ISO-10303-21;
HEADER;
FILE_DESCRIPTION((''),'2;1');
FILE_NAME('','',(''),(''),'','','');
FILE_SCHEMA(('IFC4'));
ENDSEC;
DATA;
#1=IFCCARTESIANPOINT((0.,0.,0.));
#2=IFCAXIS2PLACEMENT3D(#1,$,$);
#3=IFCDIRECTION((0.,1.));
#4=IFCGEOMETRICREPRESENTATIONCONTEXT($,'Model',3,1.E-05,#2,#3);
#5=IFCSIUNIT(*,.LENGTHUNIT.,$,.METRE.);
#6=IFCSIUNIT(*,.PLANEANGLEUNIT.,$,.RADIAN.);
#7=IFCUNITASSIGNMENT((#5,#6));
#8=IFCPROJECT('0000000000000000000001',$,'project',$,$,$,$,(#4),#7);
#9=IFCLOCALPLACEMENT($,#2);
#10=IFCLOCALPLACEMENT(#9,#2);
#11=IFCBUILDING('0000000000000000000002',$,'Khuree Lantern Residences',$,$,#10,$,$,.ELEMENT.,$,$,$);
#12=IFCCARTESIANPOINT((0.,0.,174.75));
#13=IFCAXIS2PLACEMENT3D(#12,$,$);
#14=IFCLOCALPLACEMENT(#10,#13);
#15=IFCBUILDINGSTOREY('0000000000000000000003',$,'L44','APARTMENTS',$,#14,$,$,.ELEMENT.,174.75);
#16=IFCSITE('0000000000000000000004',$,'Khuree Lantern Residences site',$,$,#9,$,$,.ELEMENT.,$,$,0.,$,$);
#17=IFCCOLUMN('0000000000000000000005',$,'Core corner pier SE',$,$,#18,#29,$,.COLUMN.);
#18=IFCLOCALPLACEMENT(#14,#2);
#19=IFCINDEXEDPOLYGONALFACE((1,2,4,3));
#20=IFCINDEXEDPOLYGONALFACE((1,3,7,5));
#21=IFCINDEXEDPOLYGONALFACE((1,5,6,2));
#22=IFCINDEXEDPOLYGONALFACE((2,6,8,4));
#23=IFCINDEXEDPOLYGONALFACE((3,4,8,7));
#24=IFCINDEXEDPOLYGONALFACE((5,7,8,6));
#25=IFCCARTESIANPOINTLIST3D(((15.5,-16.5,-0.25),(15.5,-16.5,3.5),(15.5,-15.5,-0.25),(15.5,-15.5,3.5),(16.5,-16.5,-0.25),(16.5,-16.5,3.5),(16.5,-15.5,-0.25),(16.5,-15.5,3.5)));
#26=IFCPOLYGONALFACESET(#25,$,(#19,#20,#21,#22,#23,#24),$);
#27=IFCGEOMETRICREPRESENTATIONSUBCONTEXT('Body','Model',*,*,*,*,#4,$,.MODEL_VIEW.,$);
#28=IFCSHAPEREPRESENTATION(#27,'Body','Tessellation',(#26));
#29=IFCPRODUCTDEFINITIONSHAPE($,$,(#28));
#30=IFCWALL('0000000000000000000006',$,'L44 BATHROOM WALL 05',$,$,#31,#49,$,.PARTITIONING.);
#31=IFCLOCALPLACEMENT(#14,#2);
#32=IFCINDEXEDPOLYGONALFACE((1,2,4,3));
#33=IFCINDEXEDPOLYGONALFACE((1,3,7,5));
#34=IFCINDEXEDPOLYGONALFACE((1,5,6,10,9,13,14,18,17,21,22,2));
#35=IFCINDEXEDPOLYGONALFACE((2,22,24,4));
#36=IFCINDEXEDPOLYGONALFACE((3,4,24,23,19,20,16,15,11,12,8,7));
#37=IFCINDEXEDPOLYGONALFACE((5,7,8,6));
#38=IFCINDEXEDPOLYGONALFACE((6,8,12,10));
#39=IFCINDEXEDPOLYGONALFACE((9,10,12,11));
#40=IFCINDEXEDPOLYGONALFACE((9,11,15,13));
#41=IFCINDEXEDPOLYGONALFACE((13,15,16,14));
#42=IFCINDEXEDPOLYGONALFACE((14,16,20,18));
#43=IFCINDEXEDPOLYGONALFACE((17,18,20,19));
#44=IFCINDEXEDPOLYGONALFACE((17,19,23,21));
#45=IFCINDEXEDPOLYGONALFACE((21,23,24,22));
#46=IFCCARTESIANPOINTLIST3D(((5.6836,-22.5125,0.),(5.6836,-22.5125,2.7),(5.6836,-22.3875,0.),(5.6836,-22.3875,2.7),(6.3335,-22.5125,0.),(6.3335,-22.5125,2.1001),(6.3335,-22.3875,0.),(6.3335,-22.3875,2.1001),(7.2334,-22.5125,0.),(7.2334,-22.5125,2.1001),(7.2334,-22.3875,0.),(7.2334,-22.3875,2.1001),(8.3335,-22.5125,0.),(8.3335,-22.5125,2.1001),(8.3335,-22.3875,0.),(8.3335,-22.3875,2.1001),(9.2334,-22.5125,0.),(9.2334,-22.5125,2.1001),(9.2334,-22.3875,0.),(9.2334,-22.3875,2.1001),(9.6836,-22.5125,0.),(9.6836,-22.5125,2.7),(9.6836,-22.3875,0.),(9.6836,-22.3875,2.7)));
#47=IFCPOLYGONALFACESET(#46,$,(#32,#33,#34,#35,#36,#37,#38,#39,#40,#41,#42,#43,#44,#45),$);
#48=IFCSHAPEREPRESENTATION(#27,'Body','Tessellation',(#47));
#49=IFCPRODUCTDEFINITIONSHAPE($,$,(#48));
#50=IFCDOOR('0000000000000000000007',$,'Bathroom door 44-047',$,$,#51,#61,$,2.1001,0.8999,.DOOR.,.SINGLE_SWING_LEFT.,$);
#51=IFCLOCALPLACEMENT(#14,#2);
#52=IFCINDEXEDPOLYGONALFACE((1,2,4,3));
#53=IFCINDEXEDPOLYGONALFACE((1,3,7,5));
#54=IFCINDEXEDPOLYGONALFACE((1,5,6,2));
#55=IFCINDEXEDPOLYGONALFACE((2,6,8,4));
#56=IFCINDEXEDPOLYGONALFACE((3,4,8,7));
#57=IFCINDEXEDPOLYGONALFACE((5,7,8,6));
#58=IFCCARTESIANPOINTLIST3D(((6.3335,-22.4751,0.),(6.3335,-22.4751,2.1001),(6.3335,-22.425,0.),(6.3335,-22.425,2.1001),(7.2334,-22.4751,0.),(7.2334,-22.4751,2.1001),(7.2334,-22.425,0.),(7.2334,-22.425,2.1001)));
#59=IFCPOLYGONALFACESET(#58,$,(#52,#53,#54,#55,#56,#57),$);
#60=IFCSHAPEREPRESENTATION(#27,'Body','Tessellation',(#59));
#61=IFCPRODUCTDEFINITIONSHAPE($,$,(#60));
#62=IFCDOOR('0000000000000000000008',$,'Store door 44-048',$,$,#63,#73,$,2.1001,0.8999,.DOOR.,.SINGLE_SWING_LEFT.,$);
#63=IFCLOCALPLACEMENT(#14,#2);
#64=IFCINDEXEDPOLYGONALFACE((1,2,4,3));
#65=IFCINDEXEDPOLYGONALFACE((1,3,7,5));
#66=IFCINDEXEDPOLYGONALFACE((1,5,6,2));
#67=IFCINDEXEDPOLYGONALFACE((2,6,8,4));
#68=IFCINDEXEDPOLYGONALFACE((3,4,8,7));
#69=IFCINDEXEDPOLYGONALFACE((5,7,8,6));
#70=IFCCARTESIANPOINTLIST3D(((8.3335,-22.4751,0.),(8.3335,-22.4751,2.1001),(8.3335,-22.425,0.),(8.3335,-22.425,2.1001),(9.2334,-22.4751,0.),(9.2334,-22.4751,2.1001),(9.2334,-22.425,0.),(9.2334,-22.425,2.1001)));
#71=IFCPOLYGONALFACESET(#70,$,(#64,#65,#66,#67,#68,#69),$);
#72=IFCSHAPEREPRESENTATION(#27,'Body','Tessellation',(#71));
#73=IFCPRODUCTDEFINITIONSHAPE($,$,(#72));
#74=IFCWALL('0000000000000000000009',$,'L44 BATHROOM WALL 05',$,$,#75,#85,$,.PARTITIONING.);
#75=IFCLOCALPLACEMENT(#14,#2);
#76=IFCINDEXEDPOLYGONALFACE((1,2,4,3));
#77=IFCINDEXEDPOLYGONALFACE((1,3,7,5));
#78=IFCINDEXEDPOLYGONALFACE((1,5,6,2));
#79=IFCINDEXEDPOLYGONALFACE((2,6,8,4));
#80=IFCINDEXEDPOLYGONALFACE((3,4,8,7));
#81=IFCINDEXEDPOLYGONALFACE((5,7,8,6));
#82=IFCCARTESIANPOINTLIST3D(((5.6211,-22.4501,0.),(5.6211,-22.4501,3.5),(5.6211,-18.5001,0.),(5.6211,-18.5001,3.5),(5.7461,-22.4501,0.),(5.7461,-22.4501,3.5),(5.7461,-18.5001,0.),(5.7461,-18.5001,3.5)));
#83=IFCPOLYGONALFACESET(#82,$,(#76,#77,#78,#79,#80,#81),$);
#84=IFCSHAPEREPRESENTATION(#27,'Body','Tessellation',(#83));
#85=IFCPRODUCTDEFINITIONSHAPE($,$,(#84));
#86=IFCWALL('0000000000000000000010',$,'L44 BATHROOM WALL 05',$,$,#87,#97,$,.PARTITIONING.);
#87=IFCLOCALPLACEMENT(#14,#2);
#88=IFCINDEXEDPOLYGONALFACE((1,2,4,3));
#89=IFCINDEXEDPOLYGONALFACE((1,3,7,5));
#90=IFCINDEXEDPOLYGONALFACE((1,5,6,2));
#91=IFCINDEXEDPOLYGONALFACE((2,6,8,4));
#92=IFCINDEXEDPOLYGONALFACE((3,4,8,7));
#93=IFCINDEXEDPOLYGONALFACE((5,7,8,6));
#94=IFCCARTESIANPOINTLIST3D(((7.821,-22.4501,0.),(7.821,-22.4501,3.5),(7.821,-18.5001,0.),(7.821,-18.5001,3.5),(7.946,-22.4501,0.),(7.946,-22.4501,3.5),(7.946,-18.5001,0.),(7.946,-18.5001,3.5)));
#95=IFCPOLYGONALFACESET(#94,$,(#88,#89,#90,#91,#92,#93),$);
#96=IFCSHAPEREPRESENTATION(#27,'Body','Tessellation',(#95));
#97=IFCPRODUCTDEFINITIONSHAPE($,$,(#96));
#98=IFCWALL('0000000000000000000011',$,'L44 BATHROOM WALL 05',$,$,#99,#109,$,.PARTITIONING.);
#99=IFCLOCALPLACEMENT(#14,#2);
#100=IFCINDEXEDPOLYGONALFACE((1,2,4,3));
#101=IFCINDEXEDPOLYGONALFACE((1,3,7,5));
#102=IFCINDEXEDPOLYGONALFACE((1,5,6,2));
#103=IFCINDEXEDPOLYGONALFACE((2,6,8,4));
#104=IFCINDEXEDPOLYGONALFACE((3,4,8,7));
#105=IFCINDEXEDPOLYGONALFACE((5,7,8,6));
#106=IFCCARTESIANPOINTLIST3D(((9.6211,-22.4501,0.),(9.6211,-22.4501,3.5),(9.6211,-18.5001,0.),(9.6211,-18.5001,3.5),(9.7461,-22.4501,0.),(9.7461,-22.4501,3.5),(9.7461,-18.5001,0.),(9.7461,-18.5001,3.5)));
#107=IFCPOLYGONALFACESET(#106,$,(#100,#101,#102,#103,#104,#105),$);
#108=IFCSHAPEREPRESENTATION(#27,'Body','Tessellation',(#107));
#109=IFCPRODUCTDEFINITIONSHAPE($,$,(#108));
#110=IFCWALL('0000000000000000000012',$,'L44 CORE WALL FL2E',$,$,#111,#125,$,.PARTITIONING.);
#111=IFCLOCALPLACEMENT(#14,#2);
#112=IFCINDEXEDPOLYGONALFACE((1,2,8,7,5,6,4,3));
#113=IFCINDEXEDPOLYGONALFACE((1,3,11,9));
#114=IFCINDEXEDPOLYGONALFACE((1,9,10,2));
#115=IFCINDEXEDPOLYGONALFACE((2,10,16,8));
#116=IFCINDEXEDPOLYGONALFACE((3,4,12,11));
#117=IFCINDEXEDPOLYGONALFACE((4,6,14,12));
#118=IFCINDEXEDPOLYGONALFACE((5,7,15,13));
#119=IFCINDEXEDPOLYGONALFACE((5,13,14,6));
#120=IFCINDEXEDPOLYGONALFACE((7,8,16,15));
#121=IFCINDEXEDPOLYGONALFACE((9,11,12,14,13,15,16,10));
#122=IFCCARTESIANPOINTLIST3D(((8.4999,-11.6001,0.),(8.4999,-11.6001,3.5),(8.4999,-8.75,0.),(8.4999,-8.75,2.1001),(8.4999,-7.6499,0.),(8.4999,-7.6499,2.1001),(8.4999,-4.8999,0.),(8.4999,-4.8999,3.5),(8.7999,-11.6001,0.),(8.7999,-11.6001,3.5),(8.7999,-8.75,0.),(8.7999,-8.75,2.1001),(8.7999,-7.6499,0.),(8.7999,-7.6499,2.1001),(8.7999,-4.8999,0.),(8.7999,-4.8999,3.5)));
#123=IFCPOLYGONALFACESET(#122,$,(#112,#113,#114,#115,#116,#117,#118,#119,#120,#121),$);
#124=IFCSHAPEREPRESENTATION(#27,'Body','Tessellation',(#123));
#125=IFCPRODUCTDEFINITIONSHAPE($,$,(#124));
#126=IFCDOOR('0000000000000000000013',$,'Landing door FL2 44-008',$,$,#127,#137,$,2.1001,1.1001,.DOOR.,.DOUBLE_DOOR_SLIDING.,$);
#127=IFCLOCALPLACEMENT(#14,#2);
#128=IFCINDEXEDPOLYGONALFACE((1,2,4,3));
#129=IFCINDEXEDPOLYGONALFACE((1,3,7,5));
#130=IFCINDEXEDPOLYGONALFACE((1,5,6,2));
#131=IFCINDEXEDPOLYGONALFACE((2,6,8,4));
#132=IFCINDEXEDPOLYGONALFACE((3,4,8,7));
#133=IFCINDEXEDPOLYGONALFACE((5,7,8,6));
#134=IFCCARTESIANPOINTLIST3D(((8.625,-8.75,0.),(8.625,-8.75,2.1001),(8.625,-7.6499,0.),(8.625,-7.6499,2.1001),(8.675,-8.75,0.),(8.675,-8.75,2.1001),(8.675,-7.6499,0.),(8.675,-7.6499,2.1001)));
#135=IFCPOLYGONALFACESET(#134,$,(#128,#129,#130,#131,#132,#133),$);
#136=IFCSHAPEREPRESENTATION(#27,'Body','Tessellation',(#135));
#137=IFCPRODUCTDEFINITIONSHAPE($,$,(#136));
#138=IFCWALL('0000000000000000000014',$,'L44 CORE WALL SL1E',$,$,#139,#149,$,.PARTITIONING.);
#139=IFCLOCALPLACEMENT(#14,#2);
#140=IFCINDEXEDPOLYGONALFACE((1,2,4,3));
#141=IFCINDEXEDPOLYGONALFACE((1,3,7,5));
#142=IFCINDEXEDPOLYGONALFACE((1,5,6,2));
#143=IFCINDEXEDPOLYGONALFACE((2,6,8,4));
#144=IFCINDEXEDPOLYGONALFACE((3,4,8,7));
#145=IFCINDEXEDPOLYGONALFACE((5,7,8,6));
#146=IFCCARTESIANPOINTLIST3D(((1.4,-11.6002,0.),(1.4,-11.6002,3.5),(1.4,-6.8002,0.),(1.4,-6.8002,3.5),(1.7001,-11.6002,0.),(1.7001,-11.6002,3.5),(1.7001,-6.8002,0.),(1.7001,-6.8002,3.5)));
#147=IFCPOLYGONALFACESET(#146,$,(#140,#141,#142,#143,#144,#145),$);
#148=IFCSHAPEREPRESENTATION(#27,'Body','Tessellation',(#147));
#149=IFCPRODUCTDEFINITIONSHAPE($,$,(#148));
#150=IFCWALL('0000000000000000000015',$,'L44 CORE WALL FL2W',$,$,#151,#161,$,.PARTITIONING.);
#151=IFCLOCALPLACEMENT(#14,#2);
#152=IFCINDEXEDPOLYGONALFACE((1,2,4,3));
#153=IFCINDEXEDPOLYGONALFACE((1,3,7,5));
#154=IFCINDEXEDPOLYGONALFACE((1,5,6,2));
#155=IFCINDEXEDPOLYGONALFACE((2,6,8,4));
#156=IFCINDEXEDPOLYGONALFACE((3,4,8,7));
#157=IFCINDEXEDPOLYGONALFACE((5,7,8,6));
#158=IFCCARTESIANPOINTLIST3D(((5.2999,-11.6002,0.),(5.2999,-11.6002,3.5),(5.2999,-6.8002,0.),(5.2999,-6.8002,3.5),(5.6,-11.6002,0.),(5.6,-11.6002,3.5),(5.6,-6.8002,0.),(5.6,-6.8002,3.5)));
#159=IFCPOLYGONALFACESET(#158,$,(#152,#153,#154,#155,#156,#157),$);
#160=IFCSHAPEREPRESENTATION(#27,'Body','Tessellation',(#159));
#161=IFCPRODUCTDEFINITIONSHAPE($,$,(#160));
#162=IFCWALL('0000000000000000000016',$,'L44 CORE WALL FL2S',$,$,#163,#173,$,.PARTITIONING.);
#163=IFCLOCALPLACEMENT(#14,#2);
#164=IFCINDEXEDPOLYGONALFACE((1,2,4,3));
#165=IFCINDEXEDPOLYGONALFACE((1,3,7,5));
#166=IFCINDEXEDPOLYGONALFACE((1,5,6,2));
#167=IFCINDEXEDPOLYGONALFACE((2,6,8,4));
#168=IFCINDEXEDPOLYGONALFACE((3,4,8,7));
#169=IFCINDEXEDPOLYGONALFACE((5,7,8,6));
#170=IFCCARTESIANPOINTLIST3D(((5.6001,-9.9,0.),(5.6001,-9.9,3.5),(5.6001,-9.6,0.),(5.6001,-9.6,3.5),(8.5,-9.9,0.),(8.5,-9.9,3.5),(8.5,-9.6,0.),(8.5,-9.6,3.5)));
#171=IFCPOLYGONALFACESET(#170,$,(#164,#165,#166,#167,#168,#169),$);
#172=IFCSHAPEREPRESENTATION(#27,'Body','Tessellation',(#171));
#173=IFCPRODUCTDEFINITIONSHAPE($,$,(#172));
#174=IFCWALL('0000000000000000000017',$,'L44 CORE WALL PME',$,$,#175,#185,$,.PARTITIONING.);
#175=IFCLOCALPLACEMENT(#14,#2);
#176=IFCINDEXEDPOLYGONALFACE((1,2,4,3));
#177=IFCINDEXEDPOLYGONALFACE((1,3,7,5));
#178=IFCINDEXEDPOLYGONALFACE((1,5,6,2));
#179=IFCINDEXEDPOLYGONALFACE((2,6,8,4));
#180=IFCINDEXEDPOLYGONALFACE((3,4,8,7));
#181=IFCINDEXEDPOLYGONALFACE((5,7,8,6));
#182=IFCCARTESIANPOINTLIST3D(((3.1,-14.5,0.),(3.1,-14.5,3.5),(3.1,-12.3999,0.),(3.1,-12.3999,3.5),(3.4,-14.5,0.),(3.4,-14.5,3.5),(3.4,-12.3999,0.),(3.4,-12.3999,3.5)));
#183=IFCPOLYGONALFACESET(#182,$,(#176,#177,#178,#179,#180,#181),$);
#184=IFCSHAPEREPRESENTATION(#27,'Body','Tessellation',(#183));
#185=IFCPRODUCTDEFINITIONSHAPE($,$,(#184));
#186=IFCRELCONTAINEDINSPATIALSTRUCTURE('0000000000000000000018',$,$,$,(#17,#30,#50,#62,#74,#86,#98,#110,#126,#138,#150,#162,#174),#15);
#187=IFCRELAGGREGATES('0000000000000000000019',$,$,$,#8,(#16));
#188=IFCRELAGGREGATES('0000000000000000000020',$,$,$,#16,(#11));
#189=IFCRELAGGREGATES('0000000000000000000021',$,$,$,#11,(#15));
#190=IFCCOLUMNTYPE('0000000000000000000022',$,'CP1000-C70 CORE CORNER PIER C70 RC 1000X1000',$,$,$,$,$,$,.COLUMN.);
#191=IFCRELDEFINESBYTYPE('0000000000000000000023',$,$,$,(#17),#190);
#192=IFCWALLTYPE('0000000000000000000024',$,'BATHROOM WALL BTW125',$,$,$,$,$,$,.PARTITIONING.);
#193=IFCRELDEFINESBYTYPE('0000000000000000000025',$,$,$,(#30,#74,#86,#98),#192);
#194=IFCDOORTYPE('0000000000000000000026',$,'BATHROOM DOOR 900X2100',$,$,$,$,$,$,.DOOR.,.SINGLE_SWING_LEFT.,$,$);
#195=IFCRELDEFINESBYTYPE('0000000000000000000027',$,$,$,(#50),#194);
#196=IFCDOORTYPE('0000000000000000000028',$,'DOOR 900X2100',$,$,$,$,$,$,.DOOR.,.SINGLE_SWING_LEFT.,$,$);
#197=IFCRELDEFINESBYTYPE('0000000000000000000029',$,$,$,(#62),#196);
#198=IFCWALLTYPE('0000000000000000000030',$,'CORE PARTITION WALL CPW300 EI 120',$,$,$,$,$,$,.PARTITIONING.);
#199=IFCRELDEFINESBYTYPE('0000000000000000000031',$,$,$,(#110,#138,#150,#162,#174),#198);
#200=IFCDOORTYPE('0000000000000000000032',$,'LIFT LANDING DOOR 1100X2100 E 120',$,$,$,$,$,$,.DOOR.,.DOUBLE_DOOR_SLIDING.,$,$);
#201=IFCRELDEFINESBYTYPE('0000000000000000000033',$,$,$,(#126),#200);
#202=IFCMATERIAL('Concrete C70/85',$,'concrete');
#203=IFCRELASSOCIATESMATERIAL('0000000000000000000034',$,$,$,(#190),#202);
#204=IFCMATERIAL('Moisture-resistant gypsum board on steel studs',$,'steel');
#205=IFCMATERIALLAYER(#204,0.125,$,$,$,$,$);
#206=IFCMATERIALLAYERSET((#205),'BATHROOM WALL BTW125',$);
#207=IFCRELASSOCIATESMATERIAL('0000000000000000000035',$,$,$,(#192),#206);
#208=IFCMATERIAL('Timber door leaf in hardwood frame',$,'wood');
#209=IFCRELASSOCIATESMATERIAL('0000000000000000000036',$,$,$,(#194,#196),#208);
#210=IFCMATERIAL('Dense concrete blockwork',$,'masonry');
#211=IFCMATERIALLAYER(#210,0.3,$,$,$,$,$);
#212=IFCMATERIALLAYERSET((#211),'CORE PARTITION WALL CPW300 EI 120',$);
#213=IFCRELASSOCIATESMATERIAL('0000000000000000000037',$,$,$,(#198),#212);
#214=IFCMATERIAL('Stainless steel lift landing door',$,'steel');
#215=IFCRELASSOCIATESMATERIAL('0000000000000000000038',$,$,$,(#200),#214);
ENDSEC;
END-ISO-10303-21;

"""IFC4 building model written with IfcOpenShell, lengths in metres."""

from ifc_helpers import new_model, si_unit, direction, frame, frame_2d, origin, origin_2d, place, context, subcontext, project, spatial, rectangle, extrude, material, layer, layer_set, material_profile, profile_set, type_object, element, fill, save


model = new_model("IFC4")

# Units and contexts
model_context = context("Model", 3, precision=1e-05, world=origin(), true_north=direction((0.0, 1.0)))
body_context = subcontext(model_context, "Body", "Model", "MODEL_VIEW")
ifc_project = project(units=[si_unit("LENGTHUNIT", "METRE"), si_unit("PLANEANGLEUNIT", "RADIAN")], contexts=[model_context])

# Site, building, storey
site_placement = place(None, origin())
site = spatial("IfcSite", under=ifc_project, at=site_placement, Name="Khuree Lantern Residences site", CompositionType="ELEMENT", RefElevation=0.0)
building_placement = place(site_placement, origin())
building = spatial("IfcBuilding", under=site, at=building_placement, Name="Khuree Lantern Residences", CompositionType="ELEMENT")
storey_placement = place(building_placement, frame((0.0, 0.0, 174.75)))
storey = spatial("IfcBuildingStorey", under=building, at=storey_placement, Name="L44", Description="APARTMENTS", CompositionType="ELEMENT", Elevation=174.75)

# Column
ifc_material_1 = material(Name="Concrete C70/85", Category="concrete")
ifc_material_profile = material_profile(ifc_material_1, rectangle(XDim=1.0, YDim=1.0, at=origin_2d()), Name="RC 1000X1000")
ifc_profile_set = profile_set([ifc_material_profile], Name="Concrete C70/85")
column_type = type_object("IfcColumnType", Name="CP1000-C70 CORE CORNER PIER C70 RC 1000X1000", PredefinedType="COLUMN", material=ifc_profile_set)
column_placement = place(storey_placement, frame((16.0, -16.0, -0.25), z_axis=(0.0, 0.0, 1.0), x_axis=(1.0, 0.0, 0.0)))
element("IfcColumn", 1, at=column_placement, inside=storey, type_object=column_type, Name="Core corner pier SE", PredefinedType="COLUMN", context=body_context, shape_type="SweptSolid", body=[
    extrude(rectangle(XDim=1.0, YDim=1.0, at=origin_2d()), origin(), (0.0, 0.0, 1.0), 3.75),
])

# Wall, openings, doors
ifc_material_2 = material(Name="Moisture-resistant gypsum board on steel studs", Category="steel")
ifc_layer_1 = layer(ifc_material_2, 0.125)
ifc_layer_set_1 = layer_set([ifc_layer_1], Name="BATHROOM WALL BTW125")
wall_type_1 = type_object("IfcWallType", Name="BATHROOM WALL BTW125", PredefinedType="PARTITIONING", material=ifc_layer_set_1)
wall_1_placement = place(storey_placement, frame((5.6836, -22.45, 0.0), z_axis=(0.0, 0.0, 1.0), x_axis=(1.0, 0.0, 0.0)))
wall_1 = element("IfcWall", 2, at=wall_1_placement, inside=storey, type_object=wall_type_1, Name="L44 BATHROOM WALL 05", PredefinedType="PARTITIONING", context=body_context, shape_type="SweptSolid", body=[
    extrude(rectangle(XDim=4.0, YDim=0.125, at=frame_2d((2.0, 0.0))), origin(), (0.0, 0.0, 1.0), 2.7),
])
opening_1_placement = place(wall_1_placement, frame((0.6499, 0.0, 0.0)))
opening_1 = element("IfcOpeningElement", 3, at=opening_1_placement, cuts=wall_1, PredefinedType="OPENING", context=body_context, shape_type="SweptSolid", body=[
    extrude(rectangle(XDim=0.8999, YDim=2.1001, at=frame_2d((0.45, 1.05))), frame((0.0, 0.0725, 0.0), z_axis=(0.0, -1.0, 0.0), x_axis=(1.0, 0.0, 0.0)), (0.0, 0.0, 1.0), 0.145),
])
opening_2_placement = place(wall_1_placement, frame((2.6499, 0.0, 0.0)))
opening_2 = element("IfcOpeningElement", 4, at=opening_2_placement, cuts=wall_1, PredefinedType="OPENING", context=body_context, shape_type="SweptSolid", body=[
    extrude(rectangle(XDim=0.8999, YDim=2.1001, at=frame_2d((0.45, 1.05))), frame((0.0, 0.0725, 0.0), z_axis=(0.0, -1.0, 0.0), x_axis=(1.0, 0.0, 0.0)), (0.0, 0.0, 1.0), 0.145),
])
ifc_material_3 = material(Name="Timber door leaf in hardwood frame", Category="wood")
door_type_1 = type_object("IfcDoorType", Name="BATHROOM DOOR 900X2100", OperationType="SINGLE_SWING_LEFT", PredefinedType="DOOR", material=ifc_material_3)
door_1_placement = place(opening_1_placement, origin())
door_1 = element("IfcDoor", 5, at=door_1_placement, inside=storey, type_object=door_type_1, Name="Bathroom door 44-047", OperationType="SINGLE_SWING_LEFT", OverallHeight=2.1001, OverallWidth=0.8999, PredefinedType="DOOR", context=body_context, shape_type="SweptSolid", body=[
    extrude(rectangle(XDim=0.8999, YDim=2.1001, at=frame_2d((0.45, 1.05))), frame((0.0, 0.0249, 0.0), z_axis=(0.0, -1.0, 0.0), x_axis=(1.0, 0.0, 0.0)), (0.0, 0.0, 1.0), 0.05),
])
fill(opening_1, door_1)
door_type_2 = type_object("IfcDoorType", Name="DOOR 900X2100", OperationType="SINGLE_SWING_LEFT", PredefinedType="DOOR", material=ifc_material_3)
door_2_placement = place(opening_2_placement, origin())
door_2 = element("IfcDoor", 6, at=door_2_placement, inside=storey, type_object=door_type_2, Name="Store door 44-048", OperationType="SINGLE_SWING_LEFT", OverallHeight=2.1001, OverallWidth=0.8999, PredefinedType="DOOR", context=body_context, shape_type="SweptSolid", body=[
    extrude(rectangle(XDim=0.8999, YDim=2.1001, at=frame_2d((0.45, 1.05))), frame((0.0, 0.0249, 0.0), z_axis=(0.0, -1.0, 0.0), x_axis=(1.0, 0.0, 0.0)), (0.0, 0.0, 1.0), 0.05),
])
fill(opening_2, door_2)

# Walls
for number, where, z_axis, x_axis, name in (
    (7, (5.6836, -18.5, 0.0), (0.0, 0.0, 1.0), (0.0, -1.0, 0.0), "L44 BATHROOM WALL 05"),
    (8, (7.8835, -18.5, 0.0), (0.0, 0.0, 1.0), (0.0, -1.0, 0.0), "L44 BATHROOM WALL 05"),
    (9, (9.6836, -18.5, 0.0), (0.0, 0.0, 1.0), (0.0, -1.0, 0.0), "L44 BATHROOM WALL 05"),
):
    element("IfcWall", number, at=place(storey_placement, frame(where, z_axis=z_axis, x_axis=x_axis)), inside=storey, type_object=wall_type_1, Name=name, PredefinedType="PARTITIONING", context=body_context, shape_type="SweptSolid", body=[
        extrude(rectangle(XDim=3.95, YDim=0.125, at=frame_2d((1.9751, 0.0))), origin(), (0.0, 0.0, 1.0), 3.5),
    ])

# Wall, opening, door
ifc_material_4 = material(Name="Dense concrete blockwork", Category="masonry")
ifc_layer_2 = layer(ifc_material_4, 0.3)
ifc_layer_set_2 = layer_set([ifc_layer_2], Name="CORE PARTITION WALL CPW300 EI 120")
wall_type_2 = type_object("IfcWallType", Name="CORE PARTITION WALL CPW300 EI 120", PredefinedType="PARTITIONING", material=ifc_layer_set_2)
wall_2_placement = place(storey_placement, frame((8.6499, -11.6001, 0.0), z_axis=(0.0, 0.0, 1.0), x_axis=(0.0, 1.0, 0.0)))
wall_2 = element("IfcWall", 10, at=wall_2_placement, inside=storey, type_object=wall_type_2, Name="L44 CORE WALL FL2E", PredefinedType="PARTITIONING", context=body_context, shape_type="SweptSolid", body=[
    extrude(rectangle(XDim=6.7002, YDim=0.3, at=frame_2d((3.3501, 0.0))), origin(), (0.0, 0.0, 1.0), 3.5),
])
opening_3_placement = place(wall_2_placement, frame((2.8501, 0.0, 0.0)))
opening_3 = element("IfcOpeningElement", 11, at=opening_3_placement, cuts=wall_2, PredefinedType="OPENING", context=body_context, shape_type="SweptSolid", body=[
    extrude(rectangle(XDim=1.1001, YDim=2.1001, at=frame_2d((0.55, 1.05))), frame((0.0, 0.1602, 0.0), z_axis=(0.0, -1.0, 0.0), x_axis=(1.0, 0.0, 0.0)), (0.0, 0.0, 1.0), 0.3201),
])
ifc_material_5 = material(Name="Stainless steel lift landing door", Category="steel")
door_type_3 = type_object("IfcDoorType", Name="LIFT LANDING DOOR 1100X2100 E 120", OperationType="DOUBLE_DOOR_SLIDING", PredefinedType="DOOR", material=ifc_material_5)
door_3_placement = place(opening_3_placement, origin())
door_3 = element("IfcDoor", 12, at=door_3_placement, inside=storey, type_object=door_type_3, Name="Landing door FL2 44-008", OperationType="DOUBLE_DOOR_SLIDING", OverallHeight=2.1001, OverallWidth=1.1001, PredefinedType="DOOR", context=body_context, shape_type="SweptSolid", body=[
    extrude(rectangle(XDim=1.1001, YDim=2.1001, at=frame_2d((0.55, 1.05))), frame((0.0, 0.0249, 0.0), z_axis=(0.0, -1.0, 0.0), x_axis=(1.0, 0.0, 0.0)), (0.0, 0.0, 1.0), 0.05),
])
fill(opening_3, door_3)

# Walls
for number, where, z_axis, x_axis, name in (
    (13, (1.55, -11.6001, 0.0), (0.0, 0.0, 1.0), (0.0, 1.0, 0.0), "L44 CORE WALL SL1E"),
    (14, (5.45, -11.6001, 0.0), (0.0, 0.0, 1.0), (0.0, 1.0, 0.0), "L44 CORE WALL FL2W"),
):
    element("IfcWall", number, at=place(storey_placement, frame(where, z_axis=z_axis, x_axis=x_axis)), inside=storey, type_object=wall_type_2, Name=name, PredefinedType="PARTITIONING", context=body_context, shape_type="SweptSolid", body=[
        extrude(rectangle(XDim=4.8, YDim=0.3, at=frame_2d((2.3999, 0.0))), origin(), (0.0, 0.0, 1.0), 3.5),
    ])
wall_3_placement = place(storey_placement, frame((5.6001, -9.75, 0.0), z_axis=(0.0, 0.0, 1.0), x_axis=(1.0, 0.0, 0.0)))
element("IfcWall", 15, at=wall_3_placement, inside=storey, type_object=wall_type_2, Name="L44 CORE WALL FL2S", PredefinedType="PARTITIONING", context=body_context, shape_type="SweptSolid", body=[
    extrude(rectangle(XDim=2.8999, YDim=0.3, at=frame_2d((1.45, 0.0))), origin(), (0.0, 0.0, 1.0), 3.5),
])
wall_4_placement = place(storey_placement, frame((3.25, -14.5, 0.0), z_axis=(0.0, 0.0, 1.0), x_axis=(0.0, 1.0, 0.0)))
element("IfcWall", 16, at=wall_4_placement, inside=storey, type_object=wall_type_2, Name="L44 CORE WALL PME", PredefinedType="PARTITIONING", context=body_context, shape_type="SweptSolid", body=[
    extrude(rectangle(XDim=2.1001, YDim=0.3, at=frame_2d((1.05, 0.0))), origin(), (0.0, 0.0, 1.0), 3.5),
])

save(model, "model.ifc")
